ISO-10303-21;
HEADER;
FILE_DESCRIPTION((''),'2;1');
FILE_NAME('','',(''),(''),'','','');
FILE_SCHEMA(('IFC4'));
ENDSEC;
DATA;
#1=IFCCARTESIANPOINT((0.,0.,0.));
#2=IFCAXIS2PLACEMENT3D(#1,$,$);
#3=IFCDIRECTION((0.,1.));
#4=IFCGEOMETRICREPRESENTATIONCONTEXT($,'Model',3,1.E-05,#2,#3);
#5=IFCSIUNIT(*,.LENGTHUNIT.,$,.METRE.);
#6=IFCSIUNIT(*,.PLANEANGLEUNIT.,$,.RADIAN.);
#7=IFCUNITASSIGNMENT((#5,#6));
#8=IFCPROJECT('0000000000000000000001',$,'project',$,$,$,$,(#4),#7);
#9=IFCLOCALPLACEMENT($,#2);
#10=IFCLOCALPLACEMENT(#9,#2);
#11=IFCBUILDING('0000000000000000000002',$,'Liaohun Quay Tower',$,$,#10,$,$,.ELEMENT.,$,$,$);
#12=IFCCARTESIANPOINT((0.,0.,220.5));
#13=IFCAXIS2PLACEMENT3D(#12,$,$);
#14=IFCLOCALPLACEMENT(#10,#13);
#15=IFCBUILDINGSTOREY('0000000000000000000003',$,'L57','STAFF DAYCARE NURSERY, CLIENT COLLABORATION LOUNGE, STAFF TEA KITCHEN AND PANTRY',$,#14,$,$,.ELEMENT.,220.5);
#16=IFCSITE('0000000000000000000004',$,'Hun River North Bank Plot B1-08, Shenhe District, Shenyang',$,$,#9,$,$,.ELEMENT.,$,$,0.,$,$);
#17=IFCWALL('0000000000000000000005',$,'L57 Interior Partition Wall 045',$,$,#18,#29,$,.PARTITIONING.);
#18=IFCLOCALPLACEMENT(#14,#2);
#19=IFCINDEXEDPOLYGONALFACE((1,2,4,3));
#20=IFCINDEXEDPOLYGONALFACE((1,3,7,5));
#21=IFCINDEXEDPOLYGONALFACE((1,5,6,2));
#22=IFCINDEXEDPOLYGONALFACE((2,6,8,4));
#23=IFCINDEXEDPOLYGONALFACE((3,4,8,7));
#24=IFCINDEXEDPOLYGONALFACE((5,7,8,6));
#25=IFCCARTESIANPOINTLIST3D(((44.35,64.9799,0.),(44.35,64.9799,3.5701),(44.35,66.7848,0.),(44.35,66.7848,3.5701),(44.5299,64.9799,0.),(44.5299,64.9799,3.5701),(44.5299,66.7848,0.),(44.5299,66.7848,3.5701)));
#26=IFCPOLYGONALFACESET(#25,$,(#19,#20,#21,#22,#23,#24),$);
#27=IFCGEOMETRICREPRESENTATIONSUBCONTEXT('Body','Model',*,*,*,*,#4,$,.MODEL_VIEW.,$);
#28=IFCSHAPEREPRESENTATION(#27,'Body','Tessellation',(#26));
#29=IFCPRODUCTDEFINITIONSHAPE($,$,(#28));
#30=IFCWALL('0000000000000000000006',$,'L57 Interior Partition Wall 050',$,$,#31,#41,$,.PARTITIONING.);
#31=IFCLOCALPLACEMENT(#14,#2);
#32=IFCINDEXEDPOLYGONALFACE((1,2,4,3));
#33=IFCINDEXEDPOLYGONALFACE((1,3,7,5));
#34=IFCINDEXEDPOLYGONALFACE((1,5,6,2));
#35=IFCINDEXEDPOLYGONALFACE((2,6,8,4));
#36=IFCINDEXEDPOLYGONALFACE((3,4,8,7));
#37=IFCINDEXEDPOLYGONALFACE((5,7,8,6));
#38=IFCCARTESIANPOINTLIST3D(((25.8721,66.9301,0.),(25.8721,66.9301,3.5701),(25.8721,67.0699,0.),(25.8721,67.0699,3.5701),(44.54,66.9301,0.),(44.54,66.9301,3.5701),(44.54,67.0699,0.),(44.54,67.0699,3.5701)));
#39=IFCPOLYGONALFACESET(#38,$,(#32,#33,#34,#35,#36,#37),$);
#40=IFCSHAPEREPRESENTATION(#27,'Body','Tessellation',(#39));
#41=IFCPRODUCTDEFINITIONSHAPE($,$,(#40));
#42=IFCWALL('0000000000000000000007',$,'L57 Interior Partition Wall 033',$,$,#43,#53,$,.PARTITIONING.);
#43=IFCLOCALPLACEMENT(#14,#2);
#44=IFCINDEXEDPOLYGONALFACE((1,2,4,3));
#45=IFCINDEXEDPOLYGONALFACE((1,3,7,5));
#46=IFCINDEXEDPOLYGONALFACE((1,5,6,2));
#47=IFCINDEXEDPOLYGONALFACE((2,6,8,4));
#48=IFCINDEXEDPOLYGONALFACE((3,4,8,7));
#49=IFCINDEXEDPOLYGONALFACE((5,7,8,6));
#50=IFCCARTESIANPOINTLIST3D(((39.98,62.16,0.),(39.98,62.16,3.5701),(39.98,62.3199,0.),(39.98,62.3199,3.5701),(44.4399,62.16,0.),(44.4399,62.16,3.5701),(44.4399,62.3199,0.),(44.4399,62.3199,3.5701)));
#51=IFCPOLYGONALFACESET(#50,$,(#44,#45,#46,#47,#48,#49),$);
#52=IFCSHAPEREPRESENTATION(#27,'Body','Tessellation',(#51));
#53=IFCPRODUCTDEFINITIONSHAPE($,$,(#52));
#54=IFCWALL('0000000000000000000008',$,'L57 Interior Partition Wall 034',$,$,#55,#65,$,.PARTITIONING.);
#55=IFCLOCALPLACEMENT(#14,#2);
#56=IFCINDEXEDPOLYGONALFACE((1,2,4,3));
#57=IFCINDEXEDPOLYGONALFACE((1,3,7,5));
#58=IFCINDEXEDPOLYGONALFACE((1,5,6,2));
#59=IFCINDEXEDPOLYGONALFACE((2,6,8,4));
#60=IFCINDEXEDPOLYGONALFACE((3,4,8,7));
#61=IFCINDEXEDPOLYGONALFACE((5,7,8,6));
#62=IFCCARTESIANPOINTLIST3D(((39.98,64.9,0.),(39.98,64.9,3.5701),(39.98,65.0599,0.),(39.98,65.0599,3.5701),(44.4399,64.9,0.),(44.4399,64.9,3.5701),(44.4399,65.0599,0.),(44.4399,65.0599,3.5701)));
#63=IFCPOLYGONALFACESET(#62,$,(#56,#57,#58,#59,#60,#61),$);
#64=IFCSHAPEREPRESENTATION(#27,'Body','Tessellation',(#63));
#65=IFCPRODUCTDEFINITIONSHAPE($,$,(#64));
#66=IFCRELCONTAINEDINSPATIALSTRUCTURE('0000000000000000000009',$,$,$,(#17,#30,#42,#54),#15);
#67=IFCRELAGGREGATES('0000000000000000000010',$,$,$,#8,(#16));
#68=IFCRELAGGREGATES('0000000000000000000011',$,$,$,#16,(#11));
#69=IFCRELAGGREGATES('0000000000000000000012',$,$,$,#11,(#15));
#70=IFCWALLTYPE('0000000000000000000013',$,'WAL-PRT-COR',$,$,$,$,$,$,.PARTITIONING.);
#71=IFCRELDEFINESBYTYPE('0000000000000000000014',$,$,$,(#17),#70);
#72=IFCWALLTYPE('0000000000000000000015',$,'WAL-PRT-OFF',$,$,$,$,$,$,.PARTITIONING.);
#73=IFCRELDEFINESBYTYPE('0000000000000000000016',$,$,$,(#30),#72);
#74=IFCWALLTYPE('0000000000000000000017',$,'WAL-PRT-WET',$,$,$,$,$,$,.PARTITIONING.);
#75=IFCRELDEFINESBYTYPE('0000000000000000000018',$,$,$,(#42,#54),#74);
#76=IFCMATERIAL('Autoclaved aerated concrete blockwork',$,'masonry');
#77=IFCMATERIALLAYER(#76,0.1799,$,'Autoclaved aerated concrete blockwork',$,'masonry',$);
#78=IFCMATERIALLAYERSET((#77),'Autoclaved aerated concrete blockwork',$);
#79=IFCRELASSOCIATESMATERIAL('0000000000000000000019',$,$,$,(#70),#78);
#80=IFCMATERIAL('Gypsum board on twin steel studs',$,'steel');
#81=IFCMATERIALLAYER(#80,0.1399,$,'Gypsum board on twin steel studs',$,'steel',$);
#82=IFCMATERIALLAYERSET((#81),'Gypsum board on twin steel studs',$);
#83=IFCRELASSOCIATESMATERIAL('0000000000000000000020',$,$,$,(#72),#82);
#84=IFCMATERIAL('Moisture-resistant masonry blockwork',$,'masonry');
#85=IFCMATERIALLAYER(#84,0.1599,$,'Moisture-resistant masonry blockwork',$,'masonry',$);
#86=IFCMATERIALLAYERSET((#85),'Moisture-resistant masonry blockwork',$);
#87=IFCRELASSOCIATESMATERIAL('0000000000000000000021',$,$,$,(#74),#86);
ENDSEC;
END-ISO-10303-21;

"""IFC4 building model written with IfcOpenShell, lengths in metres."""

from ifc_helpers import new_model, si_unit, direction, frame, frame_2d, origin, place, context, subcontext, project, spatial, rectangle, extrude, material, layer, layer_set, type_object, element, save


model = new_model("IFC4")

# Units and contexts
model_context = context("Model", 3, precision=1e-05, world=origin(), true_north=direction((0.0, 1.0)))
body_context = subcontext(model_context, "Body", "Model", "MODEL_VIEW")
ifc_project = project(units=[si_unit("LENGTHUNIT", "METRE"), si_unit("PLANEANGLEUNIT", "RADIAN")], contexts=[model_context])

# Site, building, storey
site_placement = place(None, origin())
site = spatial("IfcSite", under=ifc_project, at=site_placement, Name="Hun River North Bank Plot B1-08, Shenhe District, Shenyang", CompositionType="ELEMENT", RefElevation=0.0)
building_placement = place(site_placement, origin())
building = spatial("IfcBuilding", under=site, at=building_placement, Name="Liaohun Quay Tower", CompositionType="ELEMENT")
storey_placement = place(building_placement, frame((0.0, 0.0, 220.5)))
storey = spatial("IfcBuildingStorey", under=building, at=storey_placement, Name="L57", Description="STAFF DAYCARE NURSERY, CLIENT COLLABORATION LOUNGE, STAFF TEA KITCHEN AND PANTRY", CompositionType="ELEMENT", Elevation=220.5)

# Shared definitions
ifc_material_1 = material(Name="Autoclaved aerated concrete blockwork", Category="masonry")
ifc_layer_1 = layer(ifc_material_1, 0.1799, Name="Autoclaved aerated concrete blockwork", Category="masonry")
ifc_layer_set_1 = layer_set([ifc_layer_1], Name="Autoclaved aerated concrete blockwork")
wall_type_1 = type_object("IfcWallType", Name="WAL-PRT-COR", PredefinedType="PARTITIONING", material=ifc_layer_set_1)

# Walls
wall_1_placement = place(storey_placement, frame((44.4399, 64.98, 0.0), z_axis=(0.0, 0.0, 1.0), x_axis=(0.0, 1.0, 0.0)))
element("IfcWall", 1, at=wall_1_placement, inside=storey, type_object=wall_type_1, Name="L57 Interior Partition Wall 045", PredefinedType="PARTITIONING", context=body_context, shape_type="SweptSolid", body=[
    extrude(rectangle(XDim=1.8049, YDim=0.1799, at=frame_2d((0.9023, 0.0))), origin(), (0.0, 0.0, 1.0), 3.5701),
])
ifc_material_2 = material(Name="Gypsum board on twin steel studs", Category="steel")
ifc_layer_2 = layer(ifc_material_2, 0.1399, Name="Gypsum board on twin steel studs", Category="steel")
ifc_layer_set_2 = layer_set([ifc_layer_2], Name="Gypsum board on twin steel studs")
wall_type_2 = type_object("IfcWallType", Name="WAL-PRT-OFF", PredefinedType="PARTITIONING", material=ifc_layer_set_2)
wall_2_placement = place(storey_placement, frame((44.54, 67.0, 0.0), z_axis=(0.0, 0.0, 1.0), x_axis=(-1.0, 0.0, 0.0)))
element("IfcWall", 2, at=wall_2_placement, inside=storey, type_object=wall_type_2, Name="L57 Interior Partition Wall 050", PredefinedType="PARTITIONING", context=body_context, shape_type="SweptSolid", body=[
    extrude(rectangle(XDim=18.668, YDim=0.1399, at=frame_2d((9.334, 0.0))), origin(), (0.0, 0.0, 1.0), 3.5701),
])

# Shared definitions
ifc_material_3 = material(Name="Moisture-resistant masonry blockwork", Category="masonry")
ifc_layer_3 = layer(ifc_material_3, 0.1599, Name="Moisture-resistant masonry blockwork", Category="masonry")
ifc_layer_set_3 = layer_set([ifc_layer_3], Name="Moisture-resistant masonry blockwork")
wall_type_3 = type_object("IfcWallType", Name="WAL-PRT-WET", PredefinedType="PARTITIONING", material=ifc_layer_set_3)

# Walls
for number, where, z_axis, x_axis, name in (
    (3, (39.98, 62.24, 0.0), (0.0, 0.0, 1.0), (1.0, 0.0, 0.0), "L57 Interior Partition Wall 033"),
    (4, (39.98, 64.98, 0.0), (0.0, 0.0, 1.0), (1.0, 0.0, 0.0), "L57 Interior Partition Wall 034"),
):
    element("IfcWall", number, at=place(storey_placement, frame(where, z_axis=z_axis, x_axis=x_axis)), inside=storey, type_object=wall_type_3, Name=name, PredefinedType="PARTITIONING", context=body_context, shape_type="SweptSolid", body=[
        extrude(rectangle(XDim=4.46, YDim=0.1599, at=frame_2d((2.23, 0.0))), origin(), (0.0, 0.0, 1.0), 3.5701),
    ])

save(model, "model.ifc")
